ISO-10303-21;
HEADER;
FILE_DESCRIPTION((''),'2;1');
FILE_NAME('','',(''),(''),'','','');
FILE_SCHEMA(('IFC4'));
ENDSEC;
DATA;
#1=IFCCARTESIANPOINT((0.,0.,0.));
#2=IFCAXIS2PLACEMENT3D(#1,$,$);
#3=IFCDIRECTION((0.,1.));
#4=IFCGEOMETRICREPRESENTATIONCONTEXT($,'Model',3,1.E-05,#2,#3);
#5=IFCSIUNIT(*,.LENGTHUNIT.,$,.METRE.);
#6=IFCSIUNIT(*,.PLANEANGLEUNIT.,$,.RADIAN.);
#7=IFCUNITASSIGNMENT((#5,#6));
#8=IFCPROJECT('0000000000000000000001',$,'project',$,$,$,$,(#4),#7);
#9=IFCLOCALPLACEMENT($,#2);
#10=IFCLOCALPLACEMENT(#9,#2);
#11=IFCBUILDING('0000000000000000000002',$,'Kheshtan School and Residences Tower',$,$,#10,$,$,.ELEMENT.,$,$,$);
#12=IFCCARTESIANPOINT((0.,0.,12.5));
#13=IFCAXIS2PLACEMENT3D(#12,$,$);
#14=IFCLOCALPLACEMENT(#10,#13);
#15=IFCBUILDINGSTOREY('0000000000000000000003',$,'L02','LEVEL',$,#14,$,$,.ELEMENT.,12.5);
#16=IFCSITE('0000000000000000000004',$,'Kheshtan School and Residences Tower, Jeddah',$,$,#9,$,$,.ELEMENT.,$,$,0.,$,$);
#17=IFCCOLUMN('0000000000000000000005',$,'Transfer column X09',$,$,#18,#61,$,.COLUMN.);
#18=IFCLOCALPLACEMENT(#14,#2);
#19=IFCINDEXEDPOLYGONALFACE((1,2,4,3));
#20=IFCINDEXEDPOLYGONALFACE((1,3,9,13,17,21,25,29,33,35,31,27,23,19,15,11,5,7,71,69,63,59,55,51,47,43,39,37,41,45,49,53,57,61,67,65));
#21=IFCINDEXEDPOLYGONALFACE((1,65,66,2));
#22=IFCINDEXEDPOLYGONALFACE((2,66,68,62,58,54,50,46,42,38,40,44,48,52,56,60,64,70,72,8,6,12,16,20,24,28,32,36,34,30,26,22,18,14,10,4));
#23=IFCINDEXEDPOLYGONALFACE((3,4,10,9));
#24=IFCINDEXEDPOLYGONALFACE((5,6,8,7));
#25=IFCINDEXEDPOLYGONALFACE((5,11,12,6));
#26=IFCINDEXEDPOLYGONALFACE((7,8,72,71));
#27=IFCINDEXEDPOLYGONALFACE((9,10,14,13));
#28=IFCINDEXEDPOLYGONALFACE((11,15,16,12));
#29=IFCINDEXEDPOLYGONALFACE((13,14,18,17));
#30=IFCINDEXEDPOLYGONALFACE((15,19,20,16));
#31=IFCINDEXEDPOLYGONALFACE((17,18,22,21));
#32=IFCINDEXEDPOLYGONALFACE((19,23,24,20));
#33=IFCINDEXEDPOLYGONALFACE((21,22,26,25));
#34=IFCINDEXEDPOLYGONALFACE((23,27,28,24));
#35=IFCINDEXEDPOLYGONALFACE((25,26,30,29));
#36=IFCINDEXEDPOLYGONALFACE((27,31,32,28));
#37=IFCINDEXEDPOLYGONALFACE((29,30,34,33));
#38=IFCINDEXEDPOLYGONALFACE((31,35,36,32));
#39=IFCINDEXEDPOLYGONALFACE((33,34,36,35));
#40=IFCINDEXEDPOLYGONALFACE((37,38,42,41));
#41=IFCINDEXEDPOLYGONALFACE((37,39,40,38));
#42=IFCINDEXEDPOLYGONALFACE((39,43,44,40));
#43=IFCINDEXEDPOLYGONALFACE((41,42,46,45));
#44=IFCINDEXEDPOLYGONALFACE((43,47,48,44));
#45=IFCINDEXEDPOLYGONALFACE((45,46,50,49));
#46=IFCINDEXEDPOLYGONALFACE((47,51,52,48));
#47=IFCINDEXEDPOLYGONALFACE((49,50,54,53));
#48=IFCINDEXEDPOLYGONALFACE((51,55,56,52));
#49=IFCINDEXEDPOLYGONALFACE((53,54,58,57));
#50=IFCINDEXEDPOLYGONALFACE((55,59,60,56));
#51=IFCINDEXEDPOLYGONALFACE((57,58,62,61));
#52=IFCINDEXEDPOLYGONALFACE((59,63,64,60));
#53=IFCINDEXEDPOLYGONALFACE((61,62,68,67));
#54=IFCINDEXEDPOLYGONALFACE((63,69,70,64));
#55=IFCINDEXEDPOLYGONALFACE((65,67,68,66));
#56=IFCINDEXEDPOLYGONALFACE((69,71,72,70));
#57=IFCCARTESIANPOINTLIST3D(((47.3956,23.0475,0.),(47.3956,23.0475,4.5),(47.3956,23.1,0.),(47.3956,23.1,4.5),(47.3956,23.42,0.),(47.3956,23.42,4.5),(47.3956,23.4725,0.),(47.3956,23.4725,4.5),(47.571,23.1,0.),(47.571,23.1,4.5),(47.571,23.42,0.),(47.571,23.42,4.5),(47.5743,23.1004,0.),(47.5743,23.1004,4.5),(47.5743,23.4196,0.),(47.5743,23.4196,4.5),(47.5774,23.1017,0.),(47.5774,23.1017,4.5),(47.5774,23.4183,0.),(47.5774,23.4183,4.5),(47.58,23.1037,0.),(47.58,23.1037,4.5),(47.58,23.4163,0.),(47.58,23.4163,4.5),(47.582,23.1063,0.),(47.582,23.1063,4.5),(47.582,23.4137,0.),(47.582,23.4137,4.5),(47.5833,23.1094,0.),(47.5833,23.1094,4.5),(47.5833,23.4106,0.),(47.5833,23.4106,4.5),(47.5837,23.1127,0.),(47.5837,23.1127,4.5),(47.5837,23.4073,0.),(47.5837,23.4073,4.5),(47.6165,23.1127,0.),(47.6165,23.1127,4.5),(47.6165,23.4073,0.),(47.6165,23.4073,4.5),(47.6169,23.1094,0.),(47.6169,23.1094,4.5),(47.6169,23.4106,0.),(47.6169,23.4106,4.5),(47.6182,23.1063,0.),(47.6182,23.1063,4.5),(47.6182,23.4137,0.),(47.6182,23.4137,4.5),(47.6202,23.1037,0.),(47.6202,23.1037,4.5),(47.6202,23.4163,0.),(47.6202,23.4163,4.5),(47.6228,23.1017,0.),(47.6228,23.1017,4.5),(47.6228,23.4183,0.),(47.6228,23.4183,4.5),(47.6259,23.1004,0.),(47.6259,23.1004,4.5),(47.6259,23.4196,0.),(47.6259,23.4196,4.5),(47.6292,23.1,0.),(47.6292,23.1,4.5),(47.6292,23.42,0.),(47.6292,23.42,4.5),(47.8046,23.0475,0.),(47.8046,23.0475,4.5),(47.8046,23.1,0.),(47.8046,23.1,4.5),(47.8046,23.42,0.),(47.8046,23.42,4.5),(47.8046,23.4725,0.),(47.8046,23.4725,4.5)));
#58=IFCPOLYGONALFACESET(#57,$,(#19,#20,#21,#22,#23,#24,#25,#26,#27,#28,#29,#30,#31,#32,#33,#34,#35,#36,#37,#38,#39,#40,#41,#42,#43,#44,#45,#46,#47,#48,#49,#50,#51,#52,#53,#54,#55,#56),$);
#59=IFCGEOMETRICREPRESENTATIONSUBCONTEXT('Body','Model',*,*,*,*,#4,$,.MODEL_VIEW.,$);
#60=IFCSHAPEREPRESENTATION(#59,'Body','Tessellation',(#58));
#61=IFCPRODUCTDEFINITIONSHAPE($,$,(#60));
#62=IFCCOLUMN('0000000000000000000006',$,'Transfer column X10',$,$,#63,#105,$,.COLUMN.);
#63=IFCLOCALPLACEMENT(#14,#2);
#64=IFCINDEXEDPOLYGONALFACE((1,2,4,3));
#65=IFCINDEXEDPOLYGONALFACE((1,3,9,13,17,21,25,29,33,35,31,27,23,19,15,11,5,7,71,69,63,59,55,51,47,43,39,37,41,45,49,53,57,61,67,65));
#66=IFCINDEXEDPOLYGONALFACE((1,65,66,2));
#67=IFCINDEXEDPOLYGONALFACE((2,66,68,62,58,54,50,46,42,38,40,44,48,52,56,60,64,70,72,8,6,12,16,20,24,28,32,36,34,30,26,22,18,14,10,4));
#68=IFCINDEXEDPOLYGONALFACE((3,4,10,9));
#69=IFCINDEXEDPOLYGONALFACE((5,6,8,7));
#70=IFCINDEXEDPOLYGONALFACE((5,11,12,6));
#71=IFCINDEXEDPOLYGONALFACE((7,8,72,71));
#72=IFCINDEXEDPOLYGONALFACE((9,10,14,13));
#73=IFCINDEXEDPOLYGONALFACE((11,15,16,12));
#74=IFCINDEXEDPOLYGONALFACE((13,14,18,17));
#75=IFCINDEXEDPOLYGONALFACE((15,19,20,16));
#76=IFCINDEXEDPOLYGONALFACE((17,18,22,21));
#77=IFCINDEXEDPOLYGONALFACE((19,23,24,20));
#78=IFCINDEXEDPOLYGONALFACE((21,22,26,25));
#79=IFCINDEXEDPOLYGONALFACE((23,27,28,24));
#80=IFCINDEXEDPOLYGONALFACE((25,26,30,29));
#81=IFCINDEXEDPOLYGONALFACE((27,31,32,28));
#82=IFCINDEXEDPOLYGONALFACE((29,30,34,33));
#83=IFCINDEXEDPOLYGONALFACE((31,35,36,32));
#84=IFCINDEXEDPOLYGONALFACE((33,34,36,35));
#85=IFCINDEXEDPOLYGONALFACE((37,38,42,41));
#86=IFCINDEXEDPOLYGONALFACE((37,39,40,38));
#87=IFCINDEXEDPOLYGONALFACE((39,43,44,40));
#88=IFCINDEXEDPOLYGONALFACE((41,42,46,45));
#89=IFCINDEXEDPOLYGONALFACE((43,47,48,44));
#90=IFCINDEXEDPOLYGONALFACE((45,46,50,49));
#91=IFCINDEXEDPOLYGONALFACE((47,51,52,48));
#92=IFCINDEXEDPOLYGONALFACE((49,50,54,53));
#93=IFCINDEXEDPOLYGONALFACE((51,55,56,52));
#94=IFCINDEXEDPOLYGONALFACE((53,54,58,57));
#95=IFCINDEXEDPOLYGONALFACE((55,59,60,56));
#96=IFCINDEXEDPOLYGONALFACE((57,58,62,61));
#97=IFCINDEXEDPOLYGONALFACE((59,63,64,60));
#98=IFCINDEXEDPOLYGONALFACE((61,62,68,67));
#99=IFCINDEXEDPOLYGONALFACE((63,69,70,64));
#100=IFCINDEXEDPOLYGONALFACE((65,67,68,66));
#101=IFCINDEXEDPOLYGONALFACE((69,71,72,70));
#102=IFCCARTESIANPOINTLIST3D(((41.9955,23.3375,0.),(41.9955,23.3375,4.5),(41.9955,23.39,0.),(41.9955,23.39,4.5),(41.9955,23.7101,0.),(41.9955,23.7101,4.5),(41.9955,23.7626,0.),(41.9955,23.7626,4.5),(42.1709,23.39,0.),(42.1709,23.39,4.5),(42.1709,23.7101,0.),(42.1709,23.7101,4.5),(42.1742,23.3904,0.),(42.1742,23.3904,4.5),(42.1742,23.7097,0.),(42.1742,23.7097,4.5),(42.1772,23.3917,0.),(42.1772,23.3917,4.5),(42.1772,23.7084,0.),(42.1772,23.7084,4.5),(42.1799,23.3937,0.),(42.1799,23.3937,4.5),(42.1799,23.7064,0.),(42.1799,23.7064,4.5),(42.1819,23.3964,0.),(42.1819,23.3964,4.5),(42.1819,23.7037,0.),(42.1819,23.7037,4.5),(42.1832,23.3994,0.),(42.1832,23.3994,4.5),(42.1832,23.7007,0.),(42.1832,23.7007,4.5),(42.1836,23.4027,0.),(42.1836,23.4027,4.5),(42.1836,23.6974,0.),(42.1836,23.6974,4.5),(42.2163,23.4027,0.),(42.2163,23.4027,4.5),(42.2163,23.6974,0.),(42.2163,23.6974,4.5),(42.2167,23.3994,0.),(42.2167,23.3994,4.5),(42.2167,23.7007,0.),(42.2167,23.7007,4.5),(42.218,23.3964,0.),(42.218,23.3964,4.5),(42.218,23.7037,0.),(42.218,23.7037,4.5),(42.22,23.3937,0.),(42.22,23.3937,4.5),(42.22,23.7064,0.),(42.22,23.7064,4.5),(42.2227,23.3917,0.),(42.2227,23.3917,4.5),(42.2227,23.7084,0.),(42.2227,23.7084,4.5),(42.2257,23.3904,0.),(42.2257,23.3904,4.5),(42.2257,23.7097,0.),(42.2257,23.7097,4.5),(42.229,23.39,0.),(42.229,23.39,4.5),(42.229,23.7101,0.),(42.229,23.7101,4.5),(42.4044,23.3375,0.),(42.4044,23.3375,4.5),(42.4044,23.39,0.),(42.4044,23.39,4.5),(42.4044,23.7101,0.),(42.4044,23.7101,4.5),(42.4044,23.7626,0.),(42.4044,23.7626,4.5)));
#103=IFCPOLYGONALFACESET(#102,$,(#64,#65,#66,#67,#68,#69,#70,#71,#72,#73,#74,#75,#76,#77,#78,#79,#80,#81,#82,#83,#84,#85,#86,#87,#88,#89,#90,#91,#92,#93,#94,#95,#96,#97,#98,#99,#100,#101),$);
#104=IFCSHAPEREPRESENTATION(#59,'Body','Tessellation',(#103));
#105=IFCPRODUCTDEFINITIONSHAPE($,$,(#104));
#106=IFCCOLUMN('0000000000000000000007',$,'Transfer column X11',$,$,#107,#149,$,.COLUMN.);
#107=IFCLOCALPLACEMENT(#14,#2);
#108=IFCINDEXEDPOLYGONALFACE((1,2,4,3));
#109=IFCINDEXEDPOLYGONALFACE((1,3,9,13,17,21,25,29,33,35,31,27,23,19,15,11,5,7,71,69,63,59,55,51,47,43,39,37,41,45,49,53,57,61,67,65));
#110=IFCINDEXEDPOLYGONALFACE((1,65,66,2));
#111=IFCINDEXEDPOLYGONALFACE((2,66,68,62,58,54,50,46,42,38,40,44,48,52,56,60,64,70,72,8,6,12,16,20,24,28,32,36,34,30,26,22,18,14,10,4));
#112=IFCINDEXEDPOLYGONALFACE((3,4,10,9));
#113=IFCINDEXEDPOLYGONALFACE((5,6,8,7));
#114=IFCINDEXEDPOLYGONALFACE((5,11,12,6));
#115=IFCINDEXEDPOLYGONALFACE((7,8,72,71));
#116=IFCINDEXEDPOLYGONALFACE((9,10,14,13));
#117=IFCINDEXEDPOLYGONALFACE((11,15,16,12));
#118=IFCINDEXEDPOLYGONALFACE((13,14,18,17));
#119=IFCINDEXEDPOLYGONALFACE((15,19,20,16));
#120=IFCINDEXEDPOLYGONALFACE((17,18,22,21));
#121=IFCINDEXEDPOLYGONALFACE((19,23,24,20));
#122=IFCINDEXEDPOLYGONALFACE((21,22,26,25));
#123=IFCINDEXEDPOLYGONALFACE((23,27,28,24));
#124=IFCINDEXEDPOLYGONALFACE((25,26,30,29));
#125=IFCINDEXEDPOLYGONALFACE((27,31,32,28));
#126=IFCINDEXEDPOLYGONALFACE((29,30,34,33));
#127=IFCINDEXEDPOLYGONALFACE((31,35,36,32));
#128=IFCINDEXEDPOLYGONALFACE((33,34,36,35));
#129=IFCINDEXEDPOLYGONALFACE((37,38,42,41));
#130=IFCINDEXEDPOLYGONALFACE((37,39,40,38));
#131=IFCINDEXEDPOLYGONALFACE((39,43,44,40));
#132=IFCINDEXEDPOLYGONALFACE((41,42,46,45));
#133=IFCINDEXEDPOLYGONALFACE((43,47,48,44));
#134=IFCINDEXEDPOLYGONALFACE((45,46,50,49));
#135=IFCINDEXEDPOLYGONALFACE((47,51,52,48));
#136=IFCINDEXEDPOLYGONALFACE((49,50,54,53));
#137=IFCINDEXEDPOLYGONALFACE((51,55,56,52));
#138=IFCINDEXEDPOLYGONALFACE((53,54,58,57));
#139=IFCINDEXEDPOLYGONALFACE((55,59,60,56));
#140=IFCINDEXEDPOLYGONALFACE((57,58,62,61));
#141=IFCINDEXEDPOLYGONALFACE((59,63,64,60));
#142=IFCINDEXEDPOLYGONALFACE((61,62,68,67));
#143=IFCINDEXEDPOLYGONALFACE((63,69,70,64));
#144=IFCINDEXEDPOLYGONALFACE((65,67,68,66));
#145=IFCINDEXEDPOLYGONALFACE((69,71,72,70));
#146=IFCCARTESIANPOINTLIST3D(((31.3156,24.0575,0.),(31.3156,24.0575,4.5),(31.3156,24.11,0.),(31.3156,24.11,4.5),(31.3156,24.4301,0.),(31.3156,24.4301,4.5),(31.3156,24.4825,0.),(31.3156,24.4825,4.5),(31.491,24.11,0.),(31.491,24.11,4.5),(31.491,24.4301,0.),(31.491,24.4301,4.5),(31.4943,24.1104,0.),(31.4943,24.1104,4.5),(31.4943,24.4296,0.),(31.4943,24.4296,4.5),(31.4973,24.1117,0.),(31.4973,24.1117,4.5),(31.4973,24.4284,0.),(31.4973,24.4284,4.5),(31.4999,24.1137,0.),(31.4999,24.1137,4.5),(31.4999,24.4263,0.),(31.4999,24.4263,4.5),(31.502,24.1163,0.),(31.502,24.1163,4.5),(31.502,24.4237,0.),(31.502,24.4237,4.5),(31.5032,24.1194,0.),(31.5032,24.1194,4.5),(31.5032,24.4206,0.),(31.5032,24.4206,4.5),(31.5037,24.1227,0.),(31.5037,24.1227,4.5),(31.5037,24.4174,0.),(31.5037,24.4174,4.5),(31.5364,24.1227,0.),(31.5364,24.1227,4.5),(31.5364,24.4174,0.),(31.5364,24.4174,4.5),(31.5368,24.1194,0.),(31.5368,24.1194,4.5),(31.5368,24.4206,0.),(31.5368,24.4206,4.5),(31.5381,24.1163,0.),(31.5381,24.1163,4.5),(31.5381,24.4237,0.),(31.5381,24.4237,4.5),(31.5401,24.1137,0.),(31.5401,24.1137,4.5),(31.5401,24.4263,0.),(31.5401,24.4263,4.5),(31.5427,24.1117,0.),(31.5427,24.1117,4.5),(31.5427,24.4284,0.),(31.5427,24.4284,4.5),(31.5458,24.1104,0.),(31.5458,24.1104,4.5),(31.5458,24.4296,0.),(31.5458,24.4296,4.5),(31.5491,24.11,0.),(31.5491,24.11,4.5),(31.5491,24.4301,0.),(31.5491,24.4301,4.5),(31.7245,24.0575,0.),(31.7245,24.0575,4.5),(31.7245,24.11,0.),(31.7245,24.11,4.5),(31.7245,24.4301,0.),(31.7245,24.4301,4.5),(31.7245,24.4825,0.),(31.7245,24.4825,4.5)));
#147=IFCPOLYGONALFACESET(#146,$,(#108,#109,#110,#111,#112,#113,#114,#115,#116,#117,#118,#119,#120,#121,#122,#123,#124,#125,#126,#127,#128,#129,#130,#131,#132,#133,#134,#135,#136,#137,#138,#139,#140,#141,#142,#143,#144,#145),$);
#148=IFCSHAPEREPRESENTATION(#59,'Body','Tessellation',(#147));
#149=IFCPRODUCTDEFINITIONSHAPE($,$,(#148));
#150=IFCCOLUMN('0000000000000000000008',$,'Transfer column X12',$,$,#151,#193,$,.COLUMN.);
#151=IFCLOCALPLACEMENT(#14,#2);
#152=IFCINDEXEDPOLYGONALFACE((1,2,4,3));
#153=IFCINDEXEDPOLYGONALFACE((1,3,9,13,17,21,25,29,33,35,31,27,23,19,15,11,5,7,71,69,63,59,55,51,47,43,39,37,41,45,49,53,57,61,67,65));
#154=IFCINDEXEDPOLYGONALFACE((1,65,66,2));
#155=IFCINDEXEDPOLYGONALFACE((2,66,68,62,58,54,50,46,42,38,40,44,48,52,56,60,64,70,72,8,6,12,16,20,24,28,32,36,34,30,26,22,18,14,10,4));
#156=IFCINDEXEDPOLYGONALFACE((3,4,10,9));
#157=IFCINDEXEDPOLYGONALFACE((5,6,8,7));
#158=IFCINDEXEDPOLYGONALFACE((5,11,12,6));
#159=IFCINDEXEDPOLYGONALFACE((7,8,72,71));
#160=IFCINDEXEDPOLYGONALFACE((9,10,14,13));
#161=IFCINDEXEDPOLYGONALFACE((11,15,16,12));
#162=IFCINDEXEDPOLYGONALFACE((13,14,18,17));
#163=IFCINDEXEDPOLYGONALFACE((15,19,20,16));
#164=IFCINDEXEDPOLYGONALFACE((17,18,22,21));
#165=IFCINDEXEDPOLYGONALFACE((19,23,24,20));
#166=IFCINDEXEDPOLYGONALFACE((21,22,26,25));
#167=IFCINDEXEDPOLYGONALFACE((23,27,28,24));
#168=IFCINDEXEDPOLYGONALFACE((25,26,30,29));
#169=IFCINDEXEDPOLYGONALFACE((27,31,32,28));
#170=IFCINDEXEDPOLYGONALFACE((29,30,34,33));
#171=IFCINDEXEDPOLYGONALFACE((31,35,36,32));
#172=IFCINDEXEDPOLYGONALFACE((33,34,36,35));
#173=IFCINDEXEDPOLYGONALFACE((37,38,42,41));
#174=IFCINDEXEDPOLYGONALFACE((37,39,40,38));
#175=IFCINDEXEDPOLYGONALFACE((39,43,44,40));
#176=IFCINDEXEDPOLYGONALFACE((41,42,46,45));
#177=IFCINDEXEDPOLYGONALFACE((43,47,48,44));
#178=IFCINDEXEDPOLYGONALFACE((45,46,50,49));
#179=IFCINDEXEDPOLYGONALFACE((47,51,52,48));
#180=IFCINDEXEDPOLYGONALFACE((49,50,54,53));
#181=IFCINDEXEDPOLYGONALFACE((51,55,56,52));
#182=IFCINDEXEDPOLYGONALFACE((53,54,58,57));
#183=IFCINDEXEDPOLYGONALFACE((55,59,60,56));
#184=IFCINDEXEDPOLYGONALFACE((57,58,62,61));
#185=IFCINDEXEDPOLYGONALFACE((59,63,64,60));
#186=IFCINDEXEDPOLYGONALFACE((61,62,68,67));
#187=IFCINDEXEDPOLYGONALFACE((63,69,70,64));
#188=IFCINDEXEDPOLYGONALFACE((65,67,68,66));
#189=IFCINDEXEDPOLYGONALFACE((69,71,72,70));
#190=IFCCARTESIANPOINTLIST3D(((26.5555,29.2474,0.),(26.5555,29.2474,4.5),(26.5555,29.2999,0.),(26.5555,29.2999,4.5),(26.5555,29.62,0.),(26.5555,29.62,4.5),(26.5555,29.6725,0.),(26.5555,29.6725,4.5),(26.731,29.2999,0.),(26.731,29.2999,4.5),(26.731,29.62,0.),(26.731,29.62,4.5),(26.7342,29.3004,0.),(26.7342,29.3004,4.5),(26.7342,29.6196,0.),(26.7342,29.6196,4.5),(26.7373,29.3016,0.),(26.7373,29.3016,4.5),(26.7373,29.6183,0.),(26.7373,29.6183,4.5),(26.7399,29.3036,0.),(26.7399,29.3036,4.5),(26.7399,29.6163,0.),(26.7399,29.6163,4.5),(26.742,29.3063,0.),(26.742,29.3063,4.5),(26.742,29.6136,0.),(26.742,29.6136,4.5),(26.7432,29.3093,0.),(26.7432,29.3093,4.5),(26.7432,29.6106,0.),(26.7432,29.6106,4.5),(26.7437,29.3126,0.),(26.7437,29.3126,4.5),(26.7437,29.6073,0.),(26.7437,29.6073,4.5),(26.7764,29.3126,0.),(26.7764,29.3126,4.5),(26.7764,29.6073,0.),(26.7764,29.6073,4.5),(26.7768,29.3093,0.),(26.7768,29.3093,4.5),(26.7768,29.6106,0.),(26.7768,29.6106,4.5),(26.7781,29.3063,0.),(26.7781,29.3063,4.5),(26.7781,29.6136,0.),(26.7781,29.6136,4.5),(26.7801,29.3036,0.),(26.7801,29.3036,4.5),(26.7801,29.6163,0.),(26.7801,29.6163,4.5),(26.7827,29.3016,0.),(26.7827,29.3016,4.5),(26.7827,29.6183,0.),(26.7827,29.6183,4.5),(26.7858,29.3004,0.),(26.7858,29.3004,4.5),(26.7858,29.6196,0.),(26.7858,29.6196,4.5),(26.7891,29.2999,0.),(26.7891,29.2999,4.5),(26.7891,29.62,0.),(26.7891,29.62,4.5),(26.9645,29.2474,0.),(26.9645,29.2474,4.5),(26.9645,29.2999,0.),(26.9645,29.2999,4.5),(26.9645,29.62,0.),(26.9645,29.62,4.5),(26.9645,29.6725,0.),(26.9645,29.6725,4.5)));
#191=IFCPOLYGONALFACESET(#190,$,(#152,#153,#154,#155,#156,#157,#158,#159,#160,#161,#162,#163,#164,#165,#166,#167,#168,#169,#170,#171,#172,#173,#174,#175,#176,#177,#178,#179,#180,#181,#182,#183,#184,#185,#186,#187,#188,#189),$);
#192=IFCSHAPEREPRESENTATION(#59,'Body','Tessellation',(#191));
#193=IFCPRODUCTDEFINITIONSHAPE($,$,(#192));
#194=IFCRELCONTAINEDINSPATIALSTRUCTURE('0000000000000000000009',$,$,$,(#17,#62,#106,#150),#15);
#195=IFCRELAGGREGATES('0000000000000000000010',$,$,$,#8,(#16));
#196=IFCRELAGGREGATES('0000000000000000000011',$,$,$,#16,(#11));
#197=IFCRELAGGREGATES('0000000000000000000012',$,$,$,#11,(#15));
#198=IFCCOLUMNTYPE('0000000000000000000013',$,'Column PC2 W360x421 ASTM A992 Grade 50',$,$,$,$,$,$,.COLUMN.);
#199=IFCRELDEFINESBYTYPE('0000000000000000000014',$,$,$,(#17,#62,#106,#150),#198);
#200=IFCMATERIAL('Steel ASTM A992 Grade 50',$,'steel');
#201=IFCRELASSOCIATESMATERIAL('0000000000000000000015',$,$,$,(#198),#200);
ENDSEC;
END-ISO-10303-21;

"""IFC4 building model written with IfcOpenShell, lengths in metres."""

from ifc_helpers import new_model, si_unit, direction, frame, origin, origin_2d, place, context, subcontext, project, spatial, i_section, extrude, material, material_profile, profile_set, type_object, element, save


model = new_model("IFC4")

# Units and contexts
model_context = context("Model", 3, precision=1e-05, world=origin(), true_north=direction((0.0, 1.0)))
body_context = subcontext(model_context, "Body", "Model", "MODEL_VIEW")
ifc_project = project(units=[si_unit("LENGTHUNIT", "METRE"), si_unit("PLANEANGLEUNIT", "RADIAN")], contexts=[model_context])

# Site, building, storey
site_placement = place(None, origin())
site = spatial("IfcSite", under=ifc_project, at=site_placement, Name="Kheshtan School and Residences Tower, Jeddah", CompositionType="ELEMENT", RefElevation=0.0)
building_placement = place(site_placement, origin())
building = spatial("IfcBuilding", under=site, at=building_placement, Name="Kheshtan School and Residences Tower", CompositionType="ELEMENT")
storey_placement = place(building_placement, frame((0.0, 0.0, 12.5)))
storey = spatial("IfcBuildingStorey", under=building, at=storey_placement, Name="L02", Description="LEVEL", CompositionType="ELEMENT", Elevation=12.5)

# Columns
ifc_material_1 = material(Name="Steel ASTM A992 Grade 50", Category="steel")
ifc_material_profile_1 = material_profile(ifc_material_1, i_section(OverallWidth=0.4089, OverallDepth=0.425, WebThickness=0.0327, FlangeThickness=0.0525, FilletRadius=0.0127, at=origin_2d()), Name="W360x421")
ifc_profile_set_1 = profile_set([ifc_material_profile_1], Name="Steel ASTM A992 Grade 50")
column_type = type_object("IfcColumnType", Name="Column PC2 W360x421 ASTM A992 Grade 50", PredefinedType="COLUMN", material=ifc_profile_set_1)
for number, where, z_axis, x_axis, name in (
    (1, (47.6001, 23.26, 0.0), (0.0, 0.0, 1.0), (1.0, 0.0, 0.0), "Transfer column X09"),
    (2, (42.2, 23.55, 0.0), (0.0, 0.0, 1.0), (1.0, 0.0, 0.0), "Transfer column X10"),
    (3, (31.52, 24.27, 0.0), (0.0, 0.0, 1.0), (1.0, 0.0, 0.0), "Transfer column X11"),
    (4, (26.76, 29.46, 0.0), (0.0, 0.0, 1.0), (1.0, 0.0, 0.0), "Transfer column X12"),
):
    element("IfcColumn", number, at=place(storey_placement, frame(where, z_axis=z_axis, x_axis=x_axis)), inside=storey, type_object=column_type, Name=name, PredefinedType="COLUMN", context=body_context, shape_type="SweptSolid", body=[
        extrude(i_section(OverallWidth=0.4089, OverallDepth=0.425, WebThickness=0.0327, FlangeThickness=0.0525, FilletRadius=0.0127, at=origin_2d()), origin(), (0.0, 0.0, 1.0), 4.5),
    ])

save(model, "model.ifc")
